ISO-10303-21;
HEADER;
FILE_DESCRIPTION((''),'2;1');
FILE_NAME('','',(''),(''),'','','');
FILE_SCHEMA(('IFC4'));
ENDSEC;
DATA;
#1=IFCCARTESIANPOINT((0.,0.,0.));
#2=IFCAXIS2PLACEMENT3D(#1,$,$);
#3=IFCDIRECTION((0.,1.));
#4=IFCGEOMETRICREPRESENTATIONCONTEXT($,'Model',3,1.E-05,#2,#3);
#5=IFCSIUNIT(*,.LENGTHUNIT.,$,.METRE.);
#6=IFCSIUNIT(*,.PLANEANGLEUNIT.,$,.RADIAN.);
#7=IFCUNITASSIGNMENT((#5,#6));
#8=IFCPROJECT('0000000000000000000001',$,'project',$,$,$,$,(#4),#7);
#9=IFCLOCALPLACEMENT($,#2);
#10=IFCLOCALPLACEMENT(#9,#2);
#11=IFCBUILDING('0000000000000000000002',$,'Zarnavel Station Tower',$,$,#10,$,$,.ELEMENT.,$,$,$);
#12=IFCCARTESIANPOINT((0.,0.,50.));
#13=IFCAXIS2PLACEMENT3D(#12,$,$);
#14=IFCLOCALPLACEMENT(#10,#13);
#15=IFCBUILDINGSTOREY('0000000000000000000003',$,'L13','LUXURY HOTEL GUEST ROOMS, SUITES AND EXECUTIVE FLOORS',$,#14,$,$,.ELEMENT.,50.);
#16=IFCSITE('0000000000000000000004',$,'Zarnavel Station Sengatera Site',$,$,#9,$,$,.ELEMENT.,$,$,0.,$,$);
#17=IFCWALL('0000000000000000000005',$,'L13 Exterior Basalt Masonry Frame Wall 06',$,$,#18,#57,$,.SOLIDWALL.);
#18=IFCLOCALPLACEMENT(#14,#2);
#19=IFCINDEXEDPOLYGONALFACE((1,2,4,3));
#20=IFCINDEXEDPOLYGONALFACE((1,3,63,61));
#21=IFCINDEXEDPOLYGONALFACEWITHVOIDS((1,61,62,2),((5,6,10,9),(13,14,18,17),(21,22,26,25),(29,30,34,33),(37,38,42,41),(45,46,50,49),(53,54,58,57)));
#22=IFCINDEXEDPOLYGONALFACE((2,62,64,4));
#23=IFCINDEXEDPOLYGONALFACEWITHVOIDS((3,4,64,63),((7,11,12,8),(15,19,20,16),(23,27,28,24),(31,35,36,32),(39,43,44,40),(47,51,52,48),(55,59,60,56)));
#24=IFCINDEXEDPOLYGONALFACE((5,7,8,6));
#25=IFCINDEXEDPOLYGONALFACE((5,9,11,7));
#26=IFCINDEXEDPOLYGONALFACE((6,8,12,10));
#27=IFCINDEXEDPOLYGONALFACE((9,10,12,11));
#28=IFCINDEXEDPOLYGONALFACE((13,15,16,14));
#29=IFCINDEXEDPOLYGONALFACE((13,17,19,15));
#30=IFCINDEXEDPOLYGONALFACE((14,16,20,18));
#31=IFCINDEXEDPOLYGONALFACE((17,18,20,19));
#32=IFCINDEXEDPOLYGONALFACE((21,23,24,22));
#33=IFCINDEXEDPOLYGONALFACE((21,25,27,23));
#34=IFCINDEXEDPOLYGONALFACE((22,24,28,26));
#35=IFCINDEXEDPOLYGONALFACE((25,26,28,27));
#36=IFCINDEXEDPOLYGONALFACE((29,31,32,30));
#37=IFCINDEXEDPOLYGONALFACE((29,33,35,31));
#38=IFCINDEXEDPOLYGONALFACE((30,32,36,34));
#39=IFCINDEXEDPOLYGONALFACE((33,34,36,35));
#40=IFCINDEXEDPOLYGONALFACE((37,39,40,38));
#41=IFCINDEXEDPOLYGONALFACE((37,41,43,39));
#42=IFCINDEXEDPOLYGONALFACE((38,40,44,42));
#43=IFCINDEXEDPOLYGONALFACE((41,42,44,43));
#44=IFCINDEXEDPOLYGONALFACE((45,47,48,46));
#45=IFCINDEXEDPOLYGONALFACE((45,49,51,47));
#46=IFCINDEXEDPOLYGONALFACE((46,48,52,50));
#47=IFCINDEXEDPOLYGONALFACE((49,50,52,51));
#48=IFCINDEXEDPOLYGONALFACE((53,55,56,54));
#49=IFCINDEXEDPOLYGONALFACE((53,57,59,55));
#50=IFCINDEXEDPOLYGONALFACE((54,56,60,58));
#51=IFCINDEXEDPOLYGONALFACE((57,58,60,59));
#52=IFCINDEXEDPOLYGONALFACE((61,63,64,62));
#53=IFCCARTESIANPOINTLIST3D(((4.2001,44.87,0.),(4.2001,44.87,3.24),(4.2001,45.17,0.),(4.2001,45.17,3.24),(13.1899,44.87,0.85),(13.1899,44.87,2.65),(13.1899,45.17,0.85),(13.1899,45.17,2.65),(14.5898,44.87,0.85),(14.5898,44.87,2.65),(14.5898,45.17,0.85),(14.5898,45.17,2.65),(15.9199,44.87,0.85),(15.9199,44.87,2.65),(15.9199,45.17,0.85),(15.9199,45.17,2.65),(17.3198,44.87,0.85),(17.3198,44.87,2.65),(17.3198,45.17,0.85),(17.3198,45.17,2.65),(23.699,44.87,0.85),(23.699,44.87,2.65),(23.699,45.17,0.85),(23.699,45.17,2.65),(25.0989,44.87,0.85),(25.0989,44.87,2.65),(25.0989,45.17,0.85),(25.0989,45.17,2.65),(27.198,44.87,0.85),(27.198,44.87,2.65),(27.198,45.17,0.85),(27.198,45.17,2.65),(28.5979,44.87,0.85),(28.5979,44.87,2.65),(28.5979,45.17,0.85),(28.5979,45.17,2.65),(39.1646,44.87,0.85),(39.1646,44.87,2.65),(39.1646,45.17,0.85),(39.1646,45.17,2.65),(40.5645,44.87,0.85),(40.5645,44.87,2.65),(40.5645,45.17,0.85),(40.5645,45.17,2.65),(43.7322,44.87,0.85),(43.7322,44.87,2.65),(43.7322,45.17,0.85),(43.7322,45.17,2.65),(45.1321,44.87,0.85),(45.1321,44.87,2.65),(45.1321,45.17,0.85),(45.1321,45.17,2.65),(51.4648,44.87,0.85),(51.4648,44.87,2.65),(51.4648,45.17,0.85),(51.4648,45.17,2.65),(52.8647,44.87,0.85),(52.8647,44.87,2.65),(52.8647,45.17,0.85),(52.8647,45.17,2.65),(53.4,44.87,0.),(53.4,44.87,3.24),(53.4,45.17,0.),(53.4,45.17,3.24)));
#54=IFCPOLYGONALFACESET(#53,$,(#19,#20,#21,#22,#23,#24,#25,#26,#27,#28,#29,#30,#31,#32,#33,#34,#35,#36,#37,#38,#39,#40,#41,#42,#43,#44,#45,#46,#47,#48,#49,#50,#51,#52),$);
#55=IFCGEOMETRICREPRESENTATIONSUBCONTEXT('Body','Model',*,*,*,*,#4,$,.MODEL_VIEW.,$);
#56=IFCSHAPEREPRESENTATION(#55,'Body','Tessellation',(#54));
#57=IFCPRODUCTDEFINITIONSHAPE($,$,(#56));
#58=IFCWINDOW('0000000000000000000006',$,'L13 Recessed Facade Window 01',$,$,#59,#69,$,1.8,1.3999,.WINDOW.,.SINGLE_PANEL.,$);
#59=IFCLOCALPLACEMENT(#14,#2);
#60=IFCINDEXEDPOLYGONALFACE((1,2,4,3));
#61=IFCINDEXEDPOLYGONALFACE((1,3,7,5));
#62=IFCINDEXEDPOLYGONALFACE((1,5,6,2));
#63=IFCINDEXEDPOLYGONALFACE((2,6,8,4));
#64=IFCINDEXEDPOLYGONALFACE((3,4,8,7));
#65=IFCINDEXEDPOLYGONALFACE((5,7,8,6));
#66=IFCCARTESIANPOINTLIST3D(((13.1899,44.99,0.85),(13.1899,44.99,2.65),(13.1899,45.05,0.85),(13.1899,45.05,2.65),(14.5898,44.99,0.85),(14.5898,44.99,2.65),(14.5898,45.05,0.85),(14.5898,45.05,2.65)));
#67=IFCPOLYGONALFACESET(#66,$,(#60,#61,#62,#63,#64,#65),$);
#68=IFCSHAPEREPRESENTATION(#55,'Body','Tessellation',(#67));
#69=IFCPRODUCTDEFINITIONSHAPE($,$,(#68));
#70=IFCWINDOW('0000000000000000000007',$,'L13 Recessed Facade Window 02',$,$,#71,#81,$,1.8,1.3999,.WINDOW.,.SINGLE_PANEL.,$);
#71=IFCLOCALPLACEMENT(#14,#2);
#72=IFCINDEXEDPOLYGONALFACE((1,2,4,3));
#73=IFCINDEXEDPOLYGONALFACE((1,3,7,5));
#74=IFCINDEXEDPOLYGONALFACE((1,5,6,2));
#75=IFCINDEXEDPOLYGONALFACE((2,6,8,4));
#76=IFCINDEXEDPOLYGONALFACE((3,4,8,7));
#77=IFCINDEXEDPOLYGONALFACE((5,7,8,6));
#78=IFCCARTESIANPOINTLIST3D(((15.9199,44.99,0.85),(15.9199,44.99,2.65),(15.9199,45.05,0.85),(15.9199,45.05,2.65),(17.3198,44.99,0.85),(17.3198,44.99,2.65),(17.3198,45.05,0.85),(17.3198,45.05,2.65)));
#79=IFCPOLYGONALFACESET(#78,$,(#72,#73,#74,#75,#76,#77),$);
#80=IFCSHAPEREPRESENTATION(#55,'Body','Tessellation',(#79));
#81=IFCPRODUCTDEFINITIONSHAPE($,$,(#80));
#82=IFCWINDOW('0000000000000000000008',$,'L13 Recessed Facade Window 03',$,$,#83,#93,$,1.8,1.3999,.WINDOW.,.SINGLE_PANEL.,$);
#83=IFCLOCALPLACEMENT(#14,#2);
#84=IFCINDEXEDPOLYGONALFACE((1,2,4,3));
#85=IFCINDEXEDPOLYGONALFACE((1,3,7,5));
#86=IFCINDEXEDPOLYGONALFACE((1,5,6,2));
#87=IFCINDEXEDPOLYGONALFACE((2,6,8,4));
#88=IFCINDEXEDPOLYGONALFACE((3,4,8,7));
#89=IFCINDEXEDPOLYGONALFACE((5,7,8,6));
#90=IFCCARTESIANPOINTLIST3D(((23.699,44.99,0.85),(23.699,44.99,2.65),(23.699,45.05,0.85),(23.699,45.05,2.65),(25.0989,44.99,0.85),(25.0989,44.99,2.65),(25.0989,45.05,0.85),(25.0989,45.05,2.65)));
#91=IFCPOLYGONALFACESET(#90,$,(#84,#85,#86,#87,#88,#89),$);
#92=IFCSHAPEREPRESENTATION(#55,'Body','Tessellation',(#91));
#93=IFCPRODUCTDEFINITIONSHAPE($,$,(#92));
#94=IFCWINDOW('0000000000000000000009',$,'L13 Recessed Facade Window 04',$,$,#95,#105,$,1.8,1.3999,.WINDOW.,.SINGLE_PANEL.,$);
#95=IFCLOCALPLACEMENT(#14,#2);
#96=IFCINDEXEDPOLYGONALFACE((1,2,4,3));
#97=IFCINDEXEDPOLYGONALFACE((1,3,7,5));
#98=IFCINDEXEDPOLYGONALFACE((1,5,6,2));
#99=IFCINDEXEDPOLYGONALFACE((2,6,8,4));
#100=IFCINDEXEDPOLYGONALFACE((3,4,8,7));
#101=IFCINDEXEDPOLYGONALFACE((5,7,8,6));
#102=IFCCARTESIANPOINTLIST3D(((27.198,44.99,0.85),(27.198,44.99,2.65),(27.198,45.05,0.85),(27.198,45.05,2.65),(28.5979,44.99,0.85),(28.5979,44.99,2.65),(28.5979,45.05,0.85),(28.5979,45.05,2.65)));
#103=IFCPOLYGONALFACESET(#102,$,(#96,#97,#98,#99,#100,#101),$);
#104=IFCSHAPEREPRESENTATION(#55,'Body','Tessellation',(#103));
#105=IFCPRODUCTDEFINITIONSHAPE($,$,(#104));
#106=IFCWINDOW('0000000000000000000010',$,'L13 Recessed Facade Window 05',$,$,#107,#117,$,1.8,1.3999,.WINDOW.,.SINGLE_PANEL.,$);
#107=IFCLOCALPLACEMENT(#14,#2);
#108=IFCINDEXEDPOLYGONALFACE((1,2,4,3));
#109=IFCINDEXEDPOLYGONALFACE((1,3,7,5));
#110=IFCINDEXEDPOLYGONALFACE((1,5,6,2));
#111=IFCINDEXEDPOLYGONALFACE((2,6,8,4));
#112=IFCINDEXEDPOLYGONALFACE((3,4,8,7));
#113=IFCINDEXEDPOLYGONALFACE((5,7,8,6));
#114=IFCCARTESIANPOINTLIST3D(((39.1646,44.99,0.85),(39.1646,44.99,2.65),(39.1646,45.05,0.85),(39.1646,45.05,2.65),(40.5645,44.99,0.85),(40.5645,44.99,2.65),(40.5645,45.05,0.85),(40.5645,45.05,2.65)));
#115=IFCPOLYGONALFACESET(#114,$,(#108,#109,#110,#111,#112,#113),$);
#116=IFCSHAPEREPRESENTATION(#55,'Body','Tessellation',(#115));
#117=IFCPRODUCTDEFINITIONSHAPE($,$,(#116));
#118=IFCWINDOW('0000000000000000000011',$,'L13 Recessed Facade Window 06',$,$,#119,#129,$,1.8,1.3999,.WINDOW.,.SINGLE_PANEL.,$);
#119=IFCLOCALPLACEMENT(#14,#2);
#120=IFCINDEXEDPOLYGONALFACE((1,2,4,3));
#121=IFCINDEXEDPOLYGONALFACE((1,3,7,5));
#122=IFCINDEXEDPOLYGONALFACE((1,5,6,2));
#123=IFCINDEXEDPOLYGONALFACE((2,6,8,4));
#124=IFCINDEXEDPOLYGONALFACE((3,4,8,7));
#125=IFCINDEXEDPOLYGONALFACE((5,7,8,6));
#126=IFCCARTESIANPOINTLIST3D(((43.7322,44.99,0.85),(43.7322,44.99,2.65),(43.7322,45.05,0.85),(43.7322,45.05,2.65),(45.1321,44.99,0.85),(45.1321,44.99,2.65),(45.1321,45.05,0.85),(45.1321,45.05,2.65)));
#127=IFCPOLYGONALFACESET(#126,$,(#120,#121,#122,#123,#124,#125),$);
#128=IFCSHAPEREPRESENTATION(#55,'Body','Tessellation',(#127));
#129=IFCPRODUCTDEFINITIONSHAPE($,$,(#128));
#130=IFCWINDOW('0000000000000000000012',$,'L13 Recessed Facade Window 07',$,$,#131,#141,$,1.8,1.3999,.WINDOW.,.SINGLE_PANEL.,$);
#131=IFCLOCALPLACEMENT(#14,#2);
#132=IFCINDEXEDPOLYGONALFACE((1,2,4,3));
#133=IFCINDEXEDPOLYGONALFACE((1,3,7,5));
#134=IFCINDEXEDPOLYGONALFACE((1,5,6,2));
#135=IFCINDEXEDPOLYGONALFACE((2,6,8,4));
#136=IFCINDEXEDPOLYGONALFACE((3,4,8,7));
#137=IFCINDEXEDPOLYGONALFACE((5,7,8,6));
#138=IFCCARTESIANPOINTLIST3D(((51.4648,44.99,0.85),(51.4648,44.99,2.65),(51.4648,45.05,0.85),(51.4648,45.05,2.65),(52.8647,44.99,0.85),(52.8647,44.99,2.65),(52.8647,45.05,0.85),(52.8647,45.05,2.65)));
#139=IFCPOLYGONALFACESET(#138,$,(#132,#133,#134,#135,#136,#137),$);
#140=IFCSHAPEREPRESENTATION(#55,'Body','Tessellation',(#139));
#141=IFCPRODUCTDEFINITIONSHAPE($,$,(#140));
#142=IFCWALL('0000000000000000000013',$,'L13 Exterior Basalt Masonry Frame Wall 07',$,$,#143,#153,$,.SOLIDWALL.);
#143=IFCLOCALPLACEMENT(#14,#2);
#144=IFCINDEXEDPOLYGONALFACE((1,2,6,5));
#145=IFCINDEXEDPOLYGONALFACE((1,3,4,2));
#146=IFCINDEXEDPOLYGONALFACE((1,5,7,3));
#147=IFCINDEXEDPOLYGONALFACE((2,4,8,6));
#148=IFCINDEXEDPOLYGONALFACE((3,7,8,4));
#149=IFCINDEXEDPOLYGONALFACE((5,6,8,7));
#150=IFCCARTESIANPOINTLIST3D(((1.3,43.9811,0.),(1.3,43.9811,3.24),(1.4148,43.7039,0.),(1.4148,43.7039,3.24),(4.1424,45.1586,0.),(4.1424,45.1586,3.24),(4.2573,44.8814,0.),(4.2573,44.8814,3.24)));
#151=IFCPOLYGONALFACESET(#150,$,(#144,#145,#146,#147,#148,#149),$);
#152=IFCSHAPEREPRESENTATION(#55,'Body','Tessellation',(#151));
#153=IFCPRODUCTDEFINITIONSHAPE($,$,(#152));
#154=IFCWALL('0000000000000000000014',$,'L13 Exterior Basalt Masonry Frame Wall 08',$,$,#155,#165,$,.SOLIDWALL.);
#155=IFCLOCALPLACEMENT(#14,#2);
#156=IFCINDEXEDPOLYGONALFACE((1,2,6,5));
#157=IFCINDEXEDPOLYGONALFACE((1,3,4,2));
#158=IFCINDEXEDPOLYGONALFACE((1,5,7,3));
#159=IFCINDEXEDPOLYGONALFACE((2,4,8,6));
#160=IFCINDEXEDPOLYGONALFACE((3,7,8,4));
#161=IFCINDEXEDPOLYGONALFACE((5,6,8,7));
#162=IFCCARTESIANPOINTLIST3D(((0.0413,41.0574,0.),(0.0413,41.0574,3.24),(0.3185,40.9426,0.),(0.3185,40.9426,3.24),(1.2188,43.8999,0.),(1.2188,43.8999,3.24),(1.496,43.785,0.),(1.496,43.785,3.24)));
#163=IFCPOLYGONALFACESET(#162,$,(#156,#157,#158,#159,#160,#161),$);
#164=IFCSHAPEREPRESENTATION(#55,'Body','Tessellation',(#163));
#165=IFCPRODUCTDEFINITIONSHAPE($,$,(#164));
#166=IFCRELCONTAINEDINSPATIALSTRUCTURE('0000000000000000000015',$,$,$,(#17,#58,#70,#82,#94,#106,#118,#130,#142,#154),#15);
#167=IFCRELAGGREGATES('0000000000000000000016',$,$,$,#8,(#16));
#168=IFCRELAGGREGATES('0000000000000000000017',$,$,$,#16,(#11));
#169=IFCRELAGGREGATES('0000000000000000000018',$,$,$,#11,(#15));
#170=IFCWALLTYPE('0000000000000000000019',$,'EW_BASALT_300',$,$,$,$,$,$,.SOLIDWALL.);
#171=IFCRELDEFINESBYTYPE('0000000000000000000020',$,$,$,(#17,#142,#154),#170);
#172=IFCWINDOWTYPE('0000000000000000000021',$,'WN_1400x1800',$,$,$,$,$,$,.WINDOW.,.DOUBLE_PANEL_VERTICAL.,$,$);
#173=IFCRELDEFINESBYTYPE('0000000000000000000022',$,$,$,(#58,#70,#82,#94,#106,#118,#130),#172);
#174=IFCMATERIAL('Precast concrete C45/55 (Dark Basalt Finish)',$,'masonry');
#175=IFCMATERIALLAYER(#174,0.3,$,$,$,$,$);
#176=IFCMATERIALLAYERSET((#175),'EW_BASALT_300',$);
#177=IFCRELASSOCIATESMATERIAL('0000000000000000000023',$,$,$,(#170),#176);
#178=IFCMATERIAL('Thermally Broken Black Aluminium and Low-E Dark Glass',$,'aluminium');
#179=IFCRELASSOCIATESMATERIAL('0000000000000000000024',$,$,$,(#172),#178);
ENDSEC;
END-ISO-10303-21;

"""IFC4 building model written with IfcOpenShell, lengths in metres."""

from ifc_helpers import new_model, si_unit, direction, frame, frame_2d, origin, place, context, subcontext, project, spatial, rectangle, extrude, material, layer, layer_set, type_object, element, fill, save


model = new_model("IFC4")

# Units and contexts
model_context = context("Model", 3, precision=1e-05, world=origin(), true_north=direction((0.0, 1.0)))
body_context = subcontext(model_context, "Body", "Model", "MODEL_VIEW")
ifc_project = project(units=[si_unit("LENGTHUNIT", "METRE"), si_unit("PLANEANGLEUNIT", "RADIAN")], contexts=[model_context])

# Site, building, storey
site_placement = place(None, origin())
site = spatial("IfcSite", under=ifc_project, at=site_placement, Name="Zarnavel Station Sengatera Site", CompositionType="ELEMENT", RefElevation=0.0)
building_placement = place(site_placement, origin())
building = spatial("IfcBuilding", under=site, at=building_placement, Name="Zarnavel Station Tower", CompositionType="ELEMENT")
storey_placement = place(building_placement, frame((0.0, 0.0, 50.0)))
storey = spatial("IfcBuildingStorey", under=building, at=storey_placement, Name="L13", Description="LUXURY HOTEL GUEST ROOMS, SUITES AND EXECUTIVE FLOORS", CompositionType="ELEMENT", Elevation=50.0)

# Wall, openings, windows
ifc_material_1 = material(Name="Precast concrete C45/55 (Dark Basalt Finish)", Category="masonry")
ifc_layer_1 = layer(ifc_material_1, 0.3)
ifc_layer_set_1 = layer_set([ifc_layer_1], Name="EW_BASALT_300")
wall_type_1 = type_object("IfcWallType", Name="EW_BASALT_300", PredefinedType="SOLIDWALL", material=ifc_layer_set_1)
wall_1_placement = place(storey_placement, frame((4.2, 45.02, 0.0), z_axis=(0.0, 0.0, 1.0), x_axis=(1.0, 0.0, 0.0)))
wall_1 = element("IfcWall", 1, at=wall_1_placement, inside=storey, type_object=wall_type_1, Name="L13 Exterior Basalt Masonry Frame Wall 06", PredefinedType="SOLIDWALL", context=body_context, shape_type="SweptSolid", body=[
    extrude(rectangle(XDim=49.2, YDim=0.3, at=frame_2d((24.6001, 0.0))), origin(), (0.0, 0.0, 1.0), 3.24),
])
opening_1_placement = place(wall_1_placement, frame((8.99, 0.0, 0.8501)))
opening_1 = element("IfcOpeningElement", 2, at=opening_1_placement, cuts=wall_1, PredefinedType="OPENING", context=body_context, shape_type="SweptSolid", body=[
    extrude(rectangle(XDim=1.3999, YDim=1.8, at=frame_2d((0.7, 0.8999))), frame((0.0, 0.1599, 0.0), z_axis=(0.0, -1.0, 0.0), x_axis=(1.0, 0.0, 0.0)), (0.0, 0.0, 1.0), 0.3201),
])
opening_2_placement = place(wall_1_placement, frame((11.72, 0.0, 0.8501)))
opening_2 = element("IfcOpeningElement", 3, at=opening_2_placement, cuts=wall_1, PredefinedType="OPENING", context=body_context, shape_type="SweptSolid", body=[
    extrude(rectangle(XDim=1.3999, YDim=1.8, at=frame_2d((0.7, 0.8999))), frame((0.0, 0.1599, 0.0), z_axis=(0.0, -1.0, 0.0), x_axis=(1.0, 0.0, 0.0)), (0.0, 0.0, 1.0), 0.3201),
])
opening_3_placement = place(wall_1_placement, frame((19.499, 0.0, 0.8501)))
opening_3 = element("IfcOpeningElement", 4, at=opening_3_placement, cuts=wall_1, PredefinedType="OPENING", context=body_context, shape_type="SweptSolid", body=[
    extrude(rectangle(XDim=1.3999, YDim=1.8, at=frame_2d((0.7, 0.8999))), frame((0.0, 0.1599, 0.0), z_axis=(0.0, -1.0, 0.0), x_axis=(1.0, 0.0, 0.0)), (0.0, 0.0, 1.0), 0.3201),
])
opening_4_placement = place(wall_1_placement, frame((22.998, 0.0, 0.8501)))
opening_4 = element("IfcOpeningElement", 5, at=opening_4_placement, cuts=wall_1, PredefinedType="OPENING", context=body_context, shape_type="SweptSolid", body=[
    extrude(rectangle(XDim=1.3999, YDim=1.8, at=frame_2d((0.7, 0.8999))), frame((0.0, 0.1599, 0.0), z_axis=(0.0, -1.0, 0.0), x_axis=(1.0, 0.0, 0.0)), (0.0, 0.0, 1.0), 0.3201),
])
opening_5_placement = place(wall_1_placement, frame((34.9646, 0.0, 0.8501)))
opening_5 = element("IfcOpeningElement", 6, at=opening_5_placement, cuts=wall_1, PredefinedType="OPENING", context=body_context, shape_type="SweptSolid", body=[
    extrude(rectangle(XDim=1.3999, YDim=1.8, at=frame_2d((0.7, 0.8999))), frame((0.0, 0.1599, 0.0), z_axis=(0.0, -1.0, 0.0), x_axis=(1.0, 0.0, 0.0)), (0.0, 0.0, 1.0), 0.3201),
])
opening_6_placement = place(wall_1_placement, frame((39.5322, 0.0, 0.8501)))
opening_6 = element("IfcOpeningElement", 7, at=opening_6_placement, cuts=wall_1, PredefinedType="OPENING", context=body_context, shape_type="SweptSolid", body=[
    extrude(rectangle(XDim=1.3999, YDim=1.8, at=frame_2d((0.7, 0.8999))), frame((0.0, 0.1599, 0.0), z_axis=(0.0, -1.0, 0.0), x_axis=(1.0, 0.0, 0.0)), (0.0, 0.0, 1.0), 0.3201),
])
opening_7_placement = place(wall_1_placement, frame((47.2649, 0.0, 0.8501)))
opening_7 = element("IfcOpeningElement", 8, at=opening_7_placement, cuts=wall_1, PredefinedType="OPENING", context=body_context, shape_type="SweptSolid", body=[
    extrude(rectangle(XDim=1.3999, YDim=1.8, at=frame_2d((0.7, 0.8999))), frame((0.0, 0.1599, 0.0), z_axis=(0.0, -1.0, 0.0), x_axis=(1.0, 0.0, 0.0)), (0.0, 0.0, 1.0), 0.3201),
])
ifc_material_2 = material(Name="Thermally Broken Black Aluminium and Low-E Dark Glass", Category="aluminium")
window_type = type_object("IfcWindowType", Name="WN_1400x1800", PartitioningType="DOUBLE_PANEL_VERTICAL", PredefinedType="WINDOW", material=ifc_material_2)
window_1_placement = place(opening_1_placement, origin())
window_1 = element("IfcWindow", 9, at=window_1_placement, inside=storey, type_object=window_type, Name="L13 Recessed Facade Window 01", OverallHeight=1.8, OverallWidth=1.3999, PartitioningType="SINGLE_PANEL", PredefinedType="WINDOW", context=body_context, shape_type="SweptSolid", body=[
    extrude(rectangle(XDim=1.3999, YDim=1.8, at=frame_2d((0.7, 0.8999))), frame((0.0, 0.03, 0.0), z_axis=(0.0, -1.0, 0.0), x_axis=(1.0, 0.0, 0.0)), (0.0, 0.0, 1.0), 0.0601),
])
fill(opening_1, window_1)
window_2_placement = place(opening_2_placement, origin())
window_2 = element("IfcWindow", 10, at=window_2_placement, inside=storey, type_object=window_type, Name="L13 Recessed Facade Window 02", OverallHeight=1.8, OverallWidth=1.3999, PartitioningType="SINGLE_PANEL", PredefinedType="WINDOW", context=body_context, shape_type="SweptSolid", body=[
    extrude(rectangle(XDim=1.3999, YDim=1.8, at=frame_2d((0.7, 0.8999))), frame((0.0, 0.03, 0.0), z_axis=(0.0, -1.0, 0.0), x_axis=(1.0, 0.0, 0.0)), (0.0, 0.0, 1.0), 0.0601),
])
fill(opening_2, window_2)
window_3_placement = place(opening_3_placement, origin())
window_3 = element("IfcWindow", 11, at=window_3_placement, inside=storey, type_object=window_type, Name="L13 Recessed Facade Window 03", OverallHeight=1.8, OverallWidth=1.3999, PartitioningType="SINGLE_PANEL", PredefinedType="WINDOW", context=body_context, shape_type="SweptSolid", body=[
    extrude(rectangle(XDim=1.3999, YDim=1.8, at=frame_2d((0.7, 0.8999))), frame((0.0, 0.03, 0.0), z_axis=(0.0, -1.0, 0.0), x_axis=(1.0, 0.0, 0.0)), (0.0, 0.0, 1.0), 0.0601),
])
fill(opening_3, window_3)
window_4_placement = place(opening_4_placement, origin())
window_4 = element("IfcWindow", 12, at=window_4_placement, inside=storey, type_object=window_type, Name="L13 Recessed Facade Window 04", OverallHeight=1.8, OverallWidth=1.3999, PartitioningType="SINGLE_PANEL", PredefinedType="WINDOW", context=body_context, shape_type="SweptSolid", body=[
    extrude(rectangle(XDim=1.3999, YDim=1.8, at=frame_2d((0.7, 0.8999))), frame((0.0, 0.03, 0.0), z_axis=(0.0, -1.0, 0.0), x_axis=(1.0, 0.0, 0.0)), (0.0, 0.0, 1.0), 0.0601),
])
fill(opening_4, window_4)
window_5_placement = place(opening_5_placement, origin())
window_5 = element("IfcWindow", 13, at=window_5_placement, inside=storey, type_object=window_type, Name="L13 Recessed Facade Window 05", OverallHeight=1.8, OverallWidth=1.3999, PartitioningType="SINGLE_PANEL", PredefinedType="WINDOW", context=body_context, shape_type="SweptSolid", body=[
    extrude(rectangle(XDim=1.3999, YDim=1.8, at=frame_2d((0.7, 0.8999))), frame((0.0, 0.03, 0.0), z_axis=(0.0, -1.0, 0.0), x_axis=(1.0, 0.0, 0.0)), (0.0, 0.0, 1.0), 0.0601),
])
fill(opening_5, window_5)
window_6_placement = place(opening_6_placement, origin())
window_6 = element("IfcWindow", 14, at=window_6_placement, inside=storey, type_object=window_type, Name="L13 Recessed Facade Window 06", OverallHeight=1.8, OverallWidth=1.3999, PartitioningType="SINGLE_PANEL", PredefinedType="WINDOW", context=body_context, shape_type="SweptSolid", body=[
    extrude(rectangle(XDim=1.3999, YDim=1.8, at=frame_2d((0.7, 0.8999))), frame((0.0, 0.03, 0.0), z_axis=(0.0, -1.0, 0.0), x_axis=(1.0, 0.0, 0.0)), (0.0, 0.0, 1.0), 0.0601),
])
fill(opening_6, window_6)
window_7_placement = place(opening_7_placement, origin())
window_7 = element("IfcWindow", 15, at=window_7_placement, inside=storey, type_object=window_type, Name="L13 Recessed Facade Window 07", OverallHeight=1.8, OverallWidth=1.3999, PartitioningType="SINGLE_PANEL", PredefinedType="WINDOW", context=body_context, shape_type="SweptSolid", body=[
    extrude(rectangle(XDim=1.3999, YDim=1.8, at=frame_2d((0.7, 0.8999))), frame((0.0, 0.03, 0.0), z_axis=(0.0, -1.0, 0.0), x_axis=(1.0, 0.0, 0.0)), (0.0, 0.0, 1.0), 0.0601),
])
fill(opening_7, window_7)

# Walls
for number, where, z_axis, x_axis, name in (
    (16, (1.3574, 43.8425, 0.0), (0.0, 0.0, 1.0), (0.923871, 0.382705, 0.0), "L13 Exterior Basalt Masonry Frame Wall 07"),
    (17, (0.1799, 41.0, 0.0), (0.0, 0.0, 1.0), (0.382705, 0.923871, 0.0), "L13 Exterior Basalt Masonry Frame Wall 08"),
):
    element("IfcWall", number, at=place(storey_placement, frame(where, z_axis=z_axis, x_axis=x_axis)), inside=storey, type_object=wall_type_1, Name=name, PredefinedType="SOLIDWALL", context=body_context, shape_type="SweptSolid", body=[
        extrude(rectangle(XDim=3.0767, YDim=0.3, at=frame_2d((1.5383, 0.0))), origin(), (0.0, 0.0, 1.0), 3.24),
    ])

save(model, "model.ifc")
